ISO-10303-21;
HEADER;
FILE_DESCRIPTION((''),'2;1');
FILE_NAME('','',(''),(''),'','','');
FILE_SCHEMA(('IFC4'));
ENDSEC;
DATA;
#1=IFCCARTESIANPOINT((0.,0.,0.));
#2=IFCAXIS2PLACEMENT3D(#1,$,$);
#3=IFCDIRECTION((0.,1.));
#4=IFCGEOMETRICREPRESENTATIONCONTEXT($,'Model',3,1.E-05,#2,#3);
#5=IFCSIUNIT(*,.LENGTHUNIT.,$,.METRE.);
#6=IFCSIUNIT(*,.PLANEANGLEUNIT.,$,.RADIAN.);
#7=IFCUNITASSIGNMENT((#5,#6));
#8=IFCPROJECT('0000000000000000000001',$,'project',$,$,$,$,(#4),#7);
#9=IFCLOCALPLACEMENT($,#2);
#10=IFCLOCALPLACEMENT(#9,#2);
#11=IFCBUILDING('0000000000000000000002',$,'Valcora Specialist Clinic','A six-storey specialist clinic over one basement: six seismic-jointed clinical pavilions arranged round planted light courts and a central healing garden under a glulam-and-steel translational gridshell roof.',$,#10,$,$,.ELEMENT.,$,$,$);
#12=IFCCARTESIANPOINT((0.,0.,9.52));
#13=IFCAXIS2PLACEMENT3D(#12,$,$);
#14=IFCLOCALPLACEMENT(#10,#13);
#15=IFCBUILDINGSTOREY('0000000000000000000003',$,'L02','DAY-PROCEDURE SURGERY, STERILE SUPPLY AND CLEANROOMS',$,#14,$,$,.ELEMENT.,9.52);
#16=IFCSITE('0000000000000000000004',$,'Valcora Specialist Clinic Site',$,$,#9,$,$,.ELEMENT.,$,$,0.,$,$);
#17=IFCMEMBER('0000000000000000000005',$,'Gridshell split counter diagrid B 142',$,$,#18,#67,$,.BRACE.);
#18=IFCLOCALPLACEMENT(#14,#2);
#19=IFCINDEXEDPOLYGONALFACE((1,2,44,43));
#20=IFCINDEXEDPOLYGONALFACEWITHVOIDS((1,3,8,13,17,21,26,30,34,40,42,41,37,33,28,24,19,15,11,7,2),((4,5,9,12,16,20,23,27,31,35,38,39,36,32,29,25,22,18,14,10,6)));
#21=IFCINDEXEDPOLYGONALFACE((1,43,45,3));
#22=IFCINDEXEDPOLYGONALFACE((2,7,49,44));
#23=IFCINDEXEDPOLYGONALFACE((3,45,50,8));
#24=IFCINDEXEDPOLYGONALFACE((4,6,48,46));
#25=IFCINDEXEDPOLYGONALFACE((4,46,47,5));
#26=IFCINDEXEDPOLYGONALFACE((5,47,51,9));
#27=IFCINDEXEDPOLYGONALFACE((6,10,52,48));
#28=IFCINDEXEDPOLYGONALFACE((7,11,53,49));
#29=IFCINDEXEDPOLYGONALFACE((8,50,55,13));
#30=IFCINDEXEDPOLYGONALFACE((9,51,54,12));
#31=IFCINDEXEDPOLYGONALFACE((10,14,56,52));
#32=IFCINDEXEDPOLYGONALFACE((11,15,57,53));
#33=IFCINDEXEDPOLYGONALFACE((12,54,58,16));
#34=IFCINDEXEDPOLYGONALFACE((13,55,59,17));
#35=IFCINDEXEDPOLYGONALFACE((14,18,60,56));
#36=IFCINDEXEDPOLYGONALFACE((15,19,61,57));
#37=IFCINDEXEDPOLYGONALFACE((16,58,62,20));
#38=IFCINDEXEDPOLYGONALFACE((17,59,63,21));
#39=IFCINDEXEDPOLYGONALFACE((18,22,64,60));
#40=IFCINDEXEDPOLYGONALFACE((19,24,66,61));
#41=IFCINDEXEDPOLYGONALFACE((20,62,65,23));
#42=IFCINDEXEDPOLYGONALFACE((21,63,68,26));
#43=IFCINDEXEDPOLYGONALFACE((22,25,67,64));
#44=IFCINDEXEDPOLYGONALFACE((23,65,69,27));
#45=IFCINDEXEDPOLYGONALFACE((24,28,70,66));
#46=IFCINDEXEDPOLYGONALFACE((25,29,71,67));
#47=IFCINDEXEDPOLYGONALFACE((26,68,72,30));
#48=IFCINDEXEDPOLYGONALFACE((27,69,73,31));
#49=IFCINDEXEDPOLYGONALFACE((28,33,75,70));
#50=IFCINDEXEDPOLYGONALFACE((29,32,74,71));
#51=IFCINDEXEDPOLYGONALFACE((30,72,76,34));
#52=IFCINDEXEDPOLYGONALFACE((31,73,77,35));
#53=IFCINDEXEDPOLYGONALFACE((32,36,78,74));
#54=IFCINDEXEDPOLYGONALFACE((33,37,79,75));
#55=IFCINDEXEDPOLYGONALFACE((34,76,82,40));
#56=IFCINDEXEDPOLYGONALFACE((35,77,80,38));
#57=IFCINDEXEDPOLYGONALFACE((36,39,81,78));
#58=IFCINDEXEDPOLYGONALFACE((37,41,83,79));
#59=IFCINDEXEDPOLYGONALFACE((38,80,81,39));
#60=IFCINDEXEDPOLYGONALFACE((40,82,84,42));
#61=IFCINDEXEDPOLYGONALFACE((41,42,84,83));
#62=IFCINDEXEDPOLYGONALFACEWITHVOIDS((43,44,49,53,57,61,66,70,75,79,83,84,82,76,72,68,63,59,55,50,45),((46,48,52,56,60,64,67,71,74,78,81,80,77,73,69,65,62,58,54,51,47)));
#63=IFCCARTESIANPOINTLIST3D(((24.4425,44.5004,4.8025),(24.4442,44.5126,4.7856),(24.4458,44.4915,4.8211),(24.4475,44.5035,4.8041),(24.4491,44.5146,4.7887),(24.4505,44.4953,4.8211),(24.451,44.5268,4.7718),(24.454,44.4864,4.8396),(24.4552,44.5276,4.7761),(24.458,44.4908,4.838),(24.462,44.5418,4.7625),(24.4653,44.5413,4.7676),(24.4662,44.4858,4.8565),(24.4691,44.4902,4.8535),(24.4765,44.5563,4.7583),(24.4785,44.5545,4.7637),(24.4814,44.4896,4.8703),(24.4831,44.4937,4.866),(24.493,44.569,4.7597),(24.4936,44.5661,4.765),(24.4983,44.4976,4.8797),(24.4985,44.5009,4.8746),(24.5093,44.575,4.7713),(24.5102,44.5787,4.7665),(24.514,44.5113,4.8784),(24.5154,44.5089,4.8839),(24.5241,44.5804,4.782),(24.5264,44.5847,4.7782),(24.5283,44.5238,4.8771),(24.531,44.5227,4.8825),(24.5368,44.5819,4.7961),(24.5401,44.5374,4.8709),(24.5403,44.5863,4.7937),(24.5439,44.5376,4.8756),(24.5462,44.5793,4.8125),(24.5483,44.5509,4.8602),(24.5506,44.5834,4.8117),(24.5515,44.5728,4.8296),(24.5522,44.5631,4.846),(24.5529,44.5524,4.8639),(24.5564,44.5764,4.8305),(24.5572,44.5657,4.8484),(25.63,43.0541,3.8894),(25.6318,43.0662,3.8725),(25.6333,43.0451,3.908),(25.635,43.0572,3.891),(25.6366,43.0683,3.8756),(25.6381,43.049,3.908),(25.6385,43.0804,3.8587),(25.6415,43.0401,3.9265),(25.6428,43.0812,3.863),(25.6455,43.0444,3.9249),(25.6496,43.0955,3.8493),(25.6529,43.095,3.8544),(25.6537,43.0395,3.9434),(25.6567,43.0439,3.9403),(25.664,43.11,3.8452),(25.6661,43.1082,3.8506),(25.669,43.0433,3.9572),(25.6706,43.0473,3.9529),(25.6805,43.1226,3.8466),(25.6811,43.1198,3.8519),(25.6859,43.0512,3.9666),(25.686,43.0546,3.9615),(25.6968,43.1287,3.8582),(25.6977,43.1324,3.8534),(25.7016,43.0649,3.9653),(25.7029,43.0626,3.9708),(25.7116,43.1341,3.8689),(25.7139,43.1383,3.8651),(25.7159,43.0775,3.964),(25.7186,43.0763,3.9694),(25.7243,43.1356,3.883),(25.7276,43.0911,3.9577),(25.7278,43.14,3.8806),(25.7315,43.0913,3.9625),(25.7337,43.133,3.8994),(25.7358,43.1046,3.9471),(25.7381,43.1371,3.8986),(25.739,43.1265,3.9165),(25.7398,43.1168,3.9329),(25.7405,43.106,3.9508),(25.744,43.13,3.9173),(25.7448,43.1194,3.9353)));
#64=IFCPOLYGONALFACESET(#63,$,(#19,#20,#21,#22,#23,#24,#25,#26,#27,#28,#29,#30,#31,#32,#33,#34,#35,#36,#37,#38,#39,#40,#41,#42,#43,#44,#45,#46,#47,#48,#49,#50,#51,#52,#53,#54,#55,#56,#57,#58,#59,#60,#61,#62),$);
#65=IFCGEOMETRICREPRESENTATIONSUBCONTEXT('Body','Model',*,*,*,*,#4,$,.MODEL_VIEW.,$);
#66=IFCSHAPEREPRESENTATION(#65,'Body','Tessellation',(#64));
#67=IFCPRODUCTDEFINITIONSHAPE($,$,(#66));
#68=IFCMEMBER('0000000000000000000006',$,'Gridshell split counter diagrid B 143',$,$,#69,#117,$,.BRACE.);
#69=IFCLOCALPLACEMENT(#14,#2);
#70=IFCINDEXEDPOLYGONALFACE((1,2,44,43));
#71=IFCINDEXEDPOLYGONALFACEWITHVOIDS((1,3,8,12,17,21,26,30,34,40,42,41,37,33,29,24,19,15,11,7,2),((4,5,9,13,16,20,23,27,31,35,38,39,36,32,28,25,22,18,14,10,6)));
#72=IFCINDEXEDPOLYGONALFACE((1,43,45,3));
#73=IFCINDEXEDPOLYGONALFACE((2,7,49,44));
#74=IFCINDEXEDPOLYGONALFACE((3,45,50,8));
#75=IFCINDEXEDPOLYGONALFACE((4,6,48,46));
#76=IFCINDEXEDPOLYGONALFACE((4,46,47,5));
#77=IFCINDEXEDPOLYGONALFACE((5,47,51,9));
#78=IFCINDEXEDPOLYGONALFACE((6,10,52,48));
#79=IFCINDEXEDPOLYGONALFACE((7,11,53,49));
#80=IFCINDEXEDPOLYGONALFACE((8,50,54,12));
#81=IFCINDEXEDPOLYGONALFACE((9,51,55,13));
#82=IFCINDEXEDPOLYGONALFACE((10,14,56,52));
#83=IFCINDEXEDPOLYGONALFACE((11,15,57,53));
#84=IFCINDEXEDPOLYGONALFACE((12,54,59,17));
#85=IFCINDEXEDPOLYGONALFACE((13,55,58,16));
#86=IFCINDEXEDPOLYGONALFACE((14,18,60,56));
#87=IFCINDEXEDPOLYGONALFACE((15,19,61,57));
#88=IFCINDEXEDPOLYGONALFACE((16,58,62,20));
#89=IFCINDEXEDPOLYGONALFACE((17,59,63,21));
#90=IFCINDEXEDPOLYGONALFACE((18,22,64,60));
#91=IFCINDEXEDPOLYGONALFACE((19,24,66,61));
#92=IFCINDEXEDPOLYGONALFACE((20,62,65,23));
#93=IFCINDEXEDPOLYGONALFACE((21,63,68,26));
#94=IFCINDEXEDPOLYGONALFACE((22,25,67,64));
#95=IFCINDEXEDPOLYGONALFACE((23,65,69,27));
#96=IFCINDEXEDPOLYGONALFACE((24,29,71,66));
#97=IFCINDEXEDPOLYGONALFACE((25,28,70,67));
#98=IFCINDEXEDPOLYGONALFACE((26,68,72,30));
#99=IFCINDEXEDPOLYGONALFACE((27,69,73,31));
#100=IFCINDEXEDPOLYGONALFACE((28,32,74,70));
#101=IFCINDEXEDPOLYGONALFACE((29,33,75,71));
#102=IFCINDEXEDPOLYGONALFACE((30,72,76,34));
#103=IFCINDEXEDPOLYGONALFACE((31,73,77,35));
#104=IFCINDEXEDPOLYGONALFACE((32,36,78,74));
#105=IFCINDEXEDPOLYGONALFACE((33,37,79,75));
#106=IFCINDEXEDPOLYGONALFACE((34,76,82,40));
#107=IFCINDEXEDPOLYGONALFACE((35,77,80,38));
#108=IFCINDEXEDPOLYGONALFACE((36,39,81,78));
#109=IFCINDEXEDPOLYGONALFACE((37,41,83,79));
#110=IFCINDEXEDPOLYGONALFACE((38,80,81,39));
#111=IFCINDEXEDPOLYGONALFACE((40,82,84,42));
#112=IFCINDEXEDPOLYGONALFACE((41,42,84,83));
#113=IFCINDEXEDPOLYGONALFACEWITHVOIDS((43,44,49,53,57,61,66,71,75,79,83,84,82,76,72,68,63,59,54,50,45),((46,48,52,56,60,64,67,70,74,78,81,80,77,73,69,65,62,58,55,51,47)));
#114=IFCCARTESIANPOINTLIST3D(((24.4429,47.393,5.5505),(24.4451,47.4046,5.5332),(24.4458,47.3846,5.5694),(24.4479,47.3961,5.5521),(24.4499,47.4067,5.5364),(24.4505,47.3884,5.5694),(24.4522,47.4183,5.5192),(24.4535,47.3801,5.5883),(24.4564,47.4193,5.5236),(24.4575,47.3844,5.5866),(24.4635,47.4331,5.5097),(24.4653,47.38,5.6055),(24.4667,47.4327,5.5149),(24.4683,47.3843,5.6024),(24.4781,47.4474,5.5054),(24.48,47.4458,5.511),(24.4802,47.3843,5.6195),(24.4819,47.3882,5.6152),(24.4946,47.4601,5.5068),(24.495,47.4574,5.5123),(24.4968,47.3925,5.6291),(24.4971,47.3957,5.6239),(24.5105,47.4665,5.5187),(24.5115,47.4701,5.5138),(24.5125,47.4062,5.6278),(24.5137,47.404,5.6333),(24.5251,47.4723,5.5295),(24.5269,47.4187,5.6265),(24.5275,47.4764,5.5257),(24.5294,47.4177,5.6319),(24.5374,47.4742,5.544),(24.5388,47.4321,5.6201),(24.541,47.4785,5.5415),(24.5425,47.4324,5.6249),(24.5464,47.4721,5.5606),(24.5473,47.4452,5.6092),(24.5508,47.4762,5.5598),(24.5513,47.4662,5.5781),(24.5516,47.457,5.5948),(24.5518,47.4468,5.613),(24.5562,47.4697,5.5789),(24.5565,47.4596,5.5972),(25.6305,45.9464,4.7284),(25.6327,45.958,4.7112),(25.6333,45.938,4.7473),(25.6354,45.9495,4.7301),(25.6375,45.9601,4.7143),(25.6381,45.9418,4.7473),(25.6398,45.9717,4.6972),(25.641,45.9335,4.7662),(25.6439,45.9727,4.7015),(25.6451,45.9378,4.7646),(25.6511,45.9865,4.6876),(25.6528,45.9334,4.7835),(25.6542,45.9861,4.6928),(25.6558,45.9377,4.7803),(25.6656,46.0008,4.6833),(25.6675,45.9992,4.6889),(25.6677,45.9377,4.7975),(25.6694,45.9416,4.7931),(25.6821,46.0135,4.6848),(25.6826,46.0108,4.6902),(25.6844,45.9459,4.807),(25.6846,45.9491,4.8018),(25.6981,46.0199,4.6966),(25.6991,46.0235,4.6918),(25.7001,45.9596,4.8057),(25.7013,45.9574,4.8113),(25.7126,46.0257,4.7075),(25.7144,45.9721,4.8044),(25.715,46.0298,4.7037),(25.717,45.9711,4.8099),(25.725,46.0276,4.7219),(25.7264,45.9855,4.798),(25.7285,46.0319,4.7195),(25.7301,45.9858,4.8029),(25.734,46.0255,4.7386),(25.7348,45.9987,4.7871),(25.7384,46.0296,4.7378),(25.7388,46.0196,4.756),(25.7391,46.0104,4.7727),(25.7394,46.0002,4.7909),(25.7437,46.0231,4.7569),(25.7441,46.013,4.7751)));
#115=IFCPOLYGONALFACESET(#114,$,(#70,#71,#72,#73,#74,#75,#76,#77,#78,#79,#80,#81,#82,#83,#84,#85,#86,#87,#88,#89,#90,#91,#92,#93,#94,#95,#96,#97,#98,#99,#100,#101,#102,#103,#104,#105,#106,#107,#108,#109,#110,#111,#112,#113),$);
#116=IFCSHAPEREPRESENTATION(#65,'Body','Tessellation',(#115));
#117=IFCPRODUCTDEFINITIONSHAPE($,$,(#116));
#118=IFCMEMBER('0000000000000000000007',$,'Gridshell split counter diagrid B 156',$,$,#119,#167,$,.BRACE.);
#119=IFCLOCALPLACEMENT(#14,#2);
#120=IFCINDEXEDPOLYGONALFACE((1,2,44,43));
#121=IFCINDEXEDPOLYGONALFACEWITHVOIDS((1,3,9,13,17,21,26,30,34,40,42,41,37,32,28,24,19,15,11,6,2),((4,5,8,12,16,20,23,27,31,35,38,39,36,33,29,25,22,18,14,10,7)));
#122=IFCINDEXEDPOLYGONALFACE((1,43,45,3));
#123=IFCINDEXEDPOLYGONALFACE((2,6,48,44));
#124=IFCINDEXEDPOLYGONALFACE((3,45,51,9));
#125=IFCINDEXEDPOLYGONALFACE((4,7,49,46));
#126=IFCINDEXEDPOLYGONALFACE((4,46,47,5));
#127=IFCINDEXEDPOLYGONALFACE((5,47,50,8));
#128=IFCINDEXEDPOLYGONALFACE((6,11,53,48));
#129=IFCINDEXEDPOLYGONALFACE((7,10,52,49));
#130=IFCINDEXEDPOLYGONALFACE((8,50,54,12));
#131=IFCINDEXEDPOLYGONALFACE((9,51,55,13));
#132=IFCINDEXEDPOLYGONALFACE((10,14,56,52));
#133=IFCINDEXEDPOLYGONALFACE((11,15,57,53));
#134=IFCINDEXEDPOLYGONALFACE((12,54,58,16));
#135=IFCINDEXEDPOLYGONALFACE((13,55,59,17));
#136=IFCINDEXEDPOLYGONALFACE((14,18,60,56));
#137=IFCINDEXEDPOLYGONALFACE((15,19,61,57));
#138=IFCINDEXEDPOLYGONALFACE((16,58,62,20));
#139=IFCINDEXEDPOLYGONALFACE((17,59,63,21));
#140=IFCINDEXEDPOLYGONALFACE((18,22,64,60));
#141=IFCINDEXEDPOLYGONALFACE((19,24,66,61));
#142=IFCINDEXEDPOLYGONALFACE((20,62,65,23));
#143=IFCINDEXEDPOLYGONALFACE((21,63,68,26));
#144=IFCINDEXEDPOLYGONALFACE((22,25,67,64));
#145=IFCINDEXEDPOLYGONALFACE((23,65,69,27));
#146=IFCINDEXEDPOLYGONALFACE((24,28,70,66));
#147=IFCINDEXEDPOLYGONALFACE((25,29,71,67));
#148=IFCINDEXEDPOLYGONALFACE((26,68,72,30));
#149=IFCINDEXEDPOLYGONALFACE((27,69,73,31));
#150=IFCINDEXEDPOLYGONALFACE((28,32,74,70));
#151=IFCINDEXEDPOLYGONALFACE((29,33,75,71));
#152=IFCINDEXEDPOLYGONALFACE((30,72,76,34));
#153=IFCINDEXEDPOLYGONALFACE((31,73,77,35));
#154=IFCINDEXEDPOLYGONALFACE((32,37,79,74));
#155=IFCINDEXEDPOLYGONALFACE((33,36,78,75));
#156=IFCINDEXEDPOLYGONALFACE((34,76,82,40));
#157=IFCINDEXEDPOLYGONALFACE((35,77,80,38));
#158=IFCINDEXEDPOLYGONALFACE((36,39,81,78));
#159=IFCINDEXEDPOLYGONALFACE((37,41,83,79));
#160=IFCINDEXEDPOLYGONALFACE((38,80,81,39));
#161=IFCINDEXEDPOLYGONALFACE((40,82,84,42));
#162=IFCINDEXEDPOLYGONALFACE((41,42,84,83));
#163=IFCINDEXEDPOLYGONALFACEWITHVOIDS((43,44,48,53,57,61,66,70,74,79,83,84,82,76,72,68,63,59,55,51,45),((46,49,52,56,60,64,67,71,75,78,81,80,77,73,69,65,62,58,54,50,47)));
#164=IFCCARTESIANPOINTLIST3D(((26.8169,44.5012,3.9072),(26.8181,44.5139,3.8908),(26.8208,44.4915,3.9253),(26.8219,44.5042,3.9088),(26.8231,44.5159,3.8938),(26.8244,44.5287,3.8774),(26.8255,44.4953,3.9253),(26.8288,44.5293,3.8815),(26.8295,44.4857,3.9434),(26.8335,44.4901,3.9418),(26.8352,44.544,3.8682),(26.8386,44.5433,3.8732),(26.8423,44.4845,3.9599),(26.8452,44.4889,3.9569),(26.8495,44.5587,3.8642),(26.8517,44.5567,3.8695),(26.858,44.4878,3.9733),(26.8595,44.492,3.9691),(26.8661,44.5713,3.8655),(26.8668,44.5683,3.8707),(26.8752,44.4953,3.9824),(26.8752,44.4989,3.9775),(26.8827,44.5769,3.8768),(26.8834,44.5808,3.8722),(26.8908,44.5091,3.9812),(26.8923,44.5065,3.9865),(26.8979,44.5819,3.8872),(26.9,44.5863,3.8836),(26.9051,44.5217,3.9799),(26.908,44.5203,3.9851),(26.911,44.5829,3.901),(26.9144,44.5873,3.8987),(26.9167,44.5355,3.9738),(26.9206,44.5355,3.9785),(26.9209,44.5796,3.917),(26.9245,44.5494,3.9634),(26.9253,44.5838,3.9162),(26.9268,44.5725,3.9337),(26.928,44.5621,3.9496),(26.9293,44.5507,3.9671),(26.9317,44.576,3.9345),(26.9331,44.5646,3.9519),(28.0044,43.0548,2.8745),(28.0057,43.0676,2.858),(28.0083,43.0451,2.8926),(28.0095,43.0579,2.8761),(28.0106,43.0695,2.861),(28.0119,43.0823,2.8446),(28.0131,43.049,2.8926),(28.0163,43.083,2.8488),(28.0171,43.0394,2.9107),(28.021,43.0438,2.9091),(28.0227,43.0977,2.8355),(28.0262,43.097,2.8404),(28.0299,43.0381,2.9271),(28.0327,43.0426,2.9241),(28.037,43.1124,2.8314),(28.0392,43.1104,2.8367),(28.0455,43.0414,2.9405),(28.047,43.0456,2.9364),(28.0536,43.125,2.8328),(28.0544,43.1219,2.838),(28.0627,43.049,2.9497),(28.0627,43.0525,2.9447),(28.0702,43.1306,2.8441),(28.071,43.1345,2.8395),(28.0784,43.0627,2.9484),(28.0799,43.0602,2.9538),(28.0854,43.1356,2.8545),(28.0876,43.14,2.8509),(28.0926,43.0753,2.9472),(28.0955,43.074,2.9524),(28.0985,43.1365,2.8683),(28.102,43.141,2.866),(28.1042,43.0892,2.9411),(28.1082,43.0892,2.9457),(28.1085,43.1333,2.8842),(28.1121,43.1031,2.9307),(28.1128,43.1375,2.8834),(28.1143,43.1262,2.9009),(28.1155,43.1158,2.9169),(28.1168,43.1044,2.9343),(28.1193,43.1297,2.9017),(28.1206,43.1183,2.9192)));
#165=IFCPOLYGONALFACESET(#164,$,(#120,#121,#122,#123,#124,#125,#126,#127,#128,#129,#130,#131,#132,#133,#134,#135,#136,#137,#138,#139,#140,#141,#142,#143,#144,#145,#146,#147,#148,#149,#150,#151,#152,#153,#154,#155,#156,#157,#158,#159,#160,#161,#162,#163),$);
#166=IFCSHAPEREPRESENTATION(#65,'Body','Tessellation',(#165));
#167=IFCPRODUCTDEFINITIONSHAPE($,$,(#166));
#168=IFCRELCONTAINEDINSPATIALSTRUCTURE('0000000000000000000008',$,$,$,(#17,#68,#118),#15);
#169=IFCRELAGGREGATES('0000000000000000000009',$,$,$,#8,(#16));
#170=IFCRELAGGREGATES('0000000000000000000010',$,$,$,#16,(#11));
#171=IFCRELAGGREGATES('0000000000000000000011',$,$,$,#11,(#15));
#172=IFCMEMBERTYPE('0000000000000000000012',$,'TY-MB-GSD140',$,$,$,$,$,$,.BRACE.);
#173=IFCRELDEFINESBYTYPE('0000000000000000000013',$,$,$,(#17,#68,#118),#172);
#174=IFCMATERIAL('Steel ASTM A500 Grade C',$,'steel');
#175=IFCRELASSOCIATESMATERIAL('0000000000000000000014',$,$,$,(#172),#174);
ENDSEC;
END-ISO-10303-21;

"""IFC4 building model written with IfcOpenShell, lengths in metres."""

from ifc_helpers import new_model, si_unit, direction, frame, origin, origin_2d, place, context, subcontext, project, spatial, hollow_circle, extrude, material, material_profile, profile_set, type_object, element, save


model = new_model("IFC4")

# Units and contexts
model_context = context("Model", 3, precision=1e-05, world=origin(), true_north=direction((0.0, 1.0)))
body_context = subcontext(model_context, "Body", "Model", "MODEL_VIEW")
ifc_project = project(units=[si_unit("LENGTHUNIT", "METRE"), si_unit("PLANEANGLEUNIT", "RADIAN")], contexts=[model_context])

# Site, building, storey
site_placement = place(None, origin())
site = spatial("IfcSite", under=ifc_project, at=site_placement, Name="Valcora Specialist Clinic Site", CompositionType="ELEMENT", RefElevation=0.0)
building_placement = place(site_placement, origin())
building = spatial("IfcBuilding", under=site, at=building_placement, Name="Valcora Specialist Clinic", Description="A six-storey specialist clinic over one basement: six seismic-jointed clinical pavilions arranged round planted light courts and a central healing garden under a glulam-and-steel translational gridshell roof.", CompositionType="ELEMENT")
storey_placement = place(building_placement, frame((0.0, 0.0, 9.52)))
storey = spatial("IfcBuildingStorey", under=building, at=storey_placement, Name="L02", Description="DAY-PROCEDURE SURGERY, STERILE SUPPLY AND CLEANROOMS", CompositionType="ELEMENT", Elevation=9.52)

# Members
ifc_material_1 = material(Name="Steel ASTM A500 Grade C", Category="steel")
ifc_material_profile_1 = material_profile(ifc_material_1, hollow_circle(Radius=0.0701, WallThickness=0.0061, at=origin_2d()), Name="ST-CHS-140X6")
ifc_profile_set_1 = profile_set([ifc_material_profile_1], Name="Steel ASTM A500 Grade C")
member_type_1 = type_object("IfcMemberType", Name="TY-MB-GSD140", PredefinedType="BRACE", material=ifc_profile_set_1)
member_1_placement = place(storey_placement, frame((25.6875, 43.0896, 3.908), z_axis=(-0.570305, 0.69459, 0.438516), x_axis=(-0.772863, -0.634572, 0.0)))
element("IfcMember", 1, at=member_1_placement, inside=storey, type_object=member_type_1, Name="Gridshell split counter diagrid B 142", PredefinedType="BRACE", context=body_context, shape_type="SweptSolid", body=[
    extrude(hollow_circle(Radius=0.0701, WallThickness=0.0061, at=origin_2d()), origin(), (0.0, 0.0, 1.0), 2.0823),
])
member_2_placement = place(storey_placement, frame((25.6875, 45.9824, 4.7473), z_axis=(-0.580941, 0.707664, 0.402144), x_axis=(-0.772916, -0.634508, 0.0)))
element("IfcMember", 2, at=member_2_placement, inside=storey, type_object=member_type_1, Name="Gridshell split counter diagrid B 143", PredefinedType="BRACE", context=body_context, shape_type="SweptSolid", body=[
    extrude(hollow_circle(Radius=0.0701, WallThickness=0.0061, at=origin_2d()), origin(), (0.0, 0.0, 1.0), 2.0442),
])
member_3_placement = place(storey_placement, frame((28.0625, 43.0896, 2.8926), z_axis=(-0.555586, 0.676663, 0.483168), x_axis=(-0.772863, -0.634572, 0.0)))
element("IfcMember", 3, at=member_3_placement, inside=storey, type_object=member_type_1, Name="Gridshell split counter diagrid B 156", PredefinedType="BRACE", context=body_context, shape_type="SweptSolid", body=[
    extrude(hollow_circle(Radius=0.0701, WallThickness=0.0061, at=origin_2d()), origin(), (0.0, 0.0, 1.0), 2.1375),
])

save(model, "model.ifc")
